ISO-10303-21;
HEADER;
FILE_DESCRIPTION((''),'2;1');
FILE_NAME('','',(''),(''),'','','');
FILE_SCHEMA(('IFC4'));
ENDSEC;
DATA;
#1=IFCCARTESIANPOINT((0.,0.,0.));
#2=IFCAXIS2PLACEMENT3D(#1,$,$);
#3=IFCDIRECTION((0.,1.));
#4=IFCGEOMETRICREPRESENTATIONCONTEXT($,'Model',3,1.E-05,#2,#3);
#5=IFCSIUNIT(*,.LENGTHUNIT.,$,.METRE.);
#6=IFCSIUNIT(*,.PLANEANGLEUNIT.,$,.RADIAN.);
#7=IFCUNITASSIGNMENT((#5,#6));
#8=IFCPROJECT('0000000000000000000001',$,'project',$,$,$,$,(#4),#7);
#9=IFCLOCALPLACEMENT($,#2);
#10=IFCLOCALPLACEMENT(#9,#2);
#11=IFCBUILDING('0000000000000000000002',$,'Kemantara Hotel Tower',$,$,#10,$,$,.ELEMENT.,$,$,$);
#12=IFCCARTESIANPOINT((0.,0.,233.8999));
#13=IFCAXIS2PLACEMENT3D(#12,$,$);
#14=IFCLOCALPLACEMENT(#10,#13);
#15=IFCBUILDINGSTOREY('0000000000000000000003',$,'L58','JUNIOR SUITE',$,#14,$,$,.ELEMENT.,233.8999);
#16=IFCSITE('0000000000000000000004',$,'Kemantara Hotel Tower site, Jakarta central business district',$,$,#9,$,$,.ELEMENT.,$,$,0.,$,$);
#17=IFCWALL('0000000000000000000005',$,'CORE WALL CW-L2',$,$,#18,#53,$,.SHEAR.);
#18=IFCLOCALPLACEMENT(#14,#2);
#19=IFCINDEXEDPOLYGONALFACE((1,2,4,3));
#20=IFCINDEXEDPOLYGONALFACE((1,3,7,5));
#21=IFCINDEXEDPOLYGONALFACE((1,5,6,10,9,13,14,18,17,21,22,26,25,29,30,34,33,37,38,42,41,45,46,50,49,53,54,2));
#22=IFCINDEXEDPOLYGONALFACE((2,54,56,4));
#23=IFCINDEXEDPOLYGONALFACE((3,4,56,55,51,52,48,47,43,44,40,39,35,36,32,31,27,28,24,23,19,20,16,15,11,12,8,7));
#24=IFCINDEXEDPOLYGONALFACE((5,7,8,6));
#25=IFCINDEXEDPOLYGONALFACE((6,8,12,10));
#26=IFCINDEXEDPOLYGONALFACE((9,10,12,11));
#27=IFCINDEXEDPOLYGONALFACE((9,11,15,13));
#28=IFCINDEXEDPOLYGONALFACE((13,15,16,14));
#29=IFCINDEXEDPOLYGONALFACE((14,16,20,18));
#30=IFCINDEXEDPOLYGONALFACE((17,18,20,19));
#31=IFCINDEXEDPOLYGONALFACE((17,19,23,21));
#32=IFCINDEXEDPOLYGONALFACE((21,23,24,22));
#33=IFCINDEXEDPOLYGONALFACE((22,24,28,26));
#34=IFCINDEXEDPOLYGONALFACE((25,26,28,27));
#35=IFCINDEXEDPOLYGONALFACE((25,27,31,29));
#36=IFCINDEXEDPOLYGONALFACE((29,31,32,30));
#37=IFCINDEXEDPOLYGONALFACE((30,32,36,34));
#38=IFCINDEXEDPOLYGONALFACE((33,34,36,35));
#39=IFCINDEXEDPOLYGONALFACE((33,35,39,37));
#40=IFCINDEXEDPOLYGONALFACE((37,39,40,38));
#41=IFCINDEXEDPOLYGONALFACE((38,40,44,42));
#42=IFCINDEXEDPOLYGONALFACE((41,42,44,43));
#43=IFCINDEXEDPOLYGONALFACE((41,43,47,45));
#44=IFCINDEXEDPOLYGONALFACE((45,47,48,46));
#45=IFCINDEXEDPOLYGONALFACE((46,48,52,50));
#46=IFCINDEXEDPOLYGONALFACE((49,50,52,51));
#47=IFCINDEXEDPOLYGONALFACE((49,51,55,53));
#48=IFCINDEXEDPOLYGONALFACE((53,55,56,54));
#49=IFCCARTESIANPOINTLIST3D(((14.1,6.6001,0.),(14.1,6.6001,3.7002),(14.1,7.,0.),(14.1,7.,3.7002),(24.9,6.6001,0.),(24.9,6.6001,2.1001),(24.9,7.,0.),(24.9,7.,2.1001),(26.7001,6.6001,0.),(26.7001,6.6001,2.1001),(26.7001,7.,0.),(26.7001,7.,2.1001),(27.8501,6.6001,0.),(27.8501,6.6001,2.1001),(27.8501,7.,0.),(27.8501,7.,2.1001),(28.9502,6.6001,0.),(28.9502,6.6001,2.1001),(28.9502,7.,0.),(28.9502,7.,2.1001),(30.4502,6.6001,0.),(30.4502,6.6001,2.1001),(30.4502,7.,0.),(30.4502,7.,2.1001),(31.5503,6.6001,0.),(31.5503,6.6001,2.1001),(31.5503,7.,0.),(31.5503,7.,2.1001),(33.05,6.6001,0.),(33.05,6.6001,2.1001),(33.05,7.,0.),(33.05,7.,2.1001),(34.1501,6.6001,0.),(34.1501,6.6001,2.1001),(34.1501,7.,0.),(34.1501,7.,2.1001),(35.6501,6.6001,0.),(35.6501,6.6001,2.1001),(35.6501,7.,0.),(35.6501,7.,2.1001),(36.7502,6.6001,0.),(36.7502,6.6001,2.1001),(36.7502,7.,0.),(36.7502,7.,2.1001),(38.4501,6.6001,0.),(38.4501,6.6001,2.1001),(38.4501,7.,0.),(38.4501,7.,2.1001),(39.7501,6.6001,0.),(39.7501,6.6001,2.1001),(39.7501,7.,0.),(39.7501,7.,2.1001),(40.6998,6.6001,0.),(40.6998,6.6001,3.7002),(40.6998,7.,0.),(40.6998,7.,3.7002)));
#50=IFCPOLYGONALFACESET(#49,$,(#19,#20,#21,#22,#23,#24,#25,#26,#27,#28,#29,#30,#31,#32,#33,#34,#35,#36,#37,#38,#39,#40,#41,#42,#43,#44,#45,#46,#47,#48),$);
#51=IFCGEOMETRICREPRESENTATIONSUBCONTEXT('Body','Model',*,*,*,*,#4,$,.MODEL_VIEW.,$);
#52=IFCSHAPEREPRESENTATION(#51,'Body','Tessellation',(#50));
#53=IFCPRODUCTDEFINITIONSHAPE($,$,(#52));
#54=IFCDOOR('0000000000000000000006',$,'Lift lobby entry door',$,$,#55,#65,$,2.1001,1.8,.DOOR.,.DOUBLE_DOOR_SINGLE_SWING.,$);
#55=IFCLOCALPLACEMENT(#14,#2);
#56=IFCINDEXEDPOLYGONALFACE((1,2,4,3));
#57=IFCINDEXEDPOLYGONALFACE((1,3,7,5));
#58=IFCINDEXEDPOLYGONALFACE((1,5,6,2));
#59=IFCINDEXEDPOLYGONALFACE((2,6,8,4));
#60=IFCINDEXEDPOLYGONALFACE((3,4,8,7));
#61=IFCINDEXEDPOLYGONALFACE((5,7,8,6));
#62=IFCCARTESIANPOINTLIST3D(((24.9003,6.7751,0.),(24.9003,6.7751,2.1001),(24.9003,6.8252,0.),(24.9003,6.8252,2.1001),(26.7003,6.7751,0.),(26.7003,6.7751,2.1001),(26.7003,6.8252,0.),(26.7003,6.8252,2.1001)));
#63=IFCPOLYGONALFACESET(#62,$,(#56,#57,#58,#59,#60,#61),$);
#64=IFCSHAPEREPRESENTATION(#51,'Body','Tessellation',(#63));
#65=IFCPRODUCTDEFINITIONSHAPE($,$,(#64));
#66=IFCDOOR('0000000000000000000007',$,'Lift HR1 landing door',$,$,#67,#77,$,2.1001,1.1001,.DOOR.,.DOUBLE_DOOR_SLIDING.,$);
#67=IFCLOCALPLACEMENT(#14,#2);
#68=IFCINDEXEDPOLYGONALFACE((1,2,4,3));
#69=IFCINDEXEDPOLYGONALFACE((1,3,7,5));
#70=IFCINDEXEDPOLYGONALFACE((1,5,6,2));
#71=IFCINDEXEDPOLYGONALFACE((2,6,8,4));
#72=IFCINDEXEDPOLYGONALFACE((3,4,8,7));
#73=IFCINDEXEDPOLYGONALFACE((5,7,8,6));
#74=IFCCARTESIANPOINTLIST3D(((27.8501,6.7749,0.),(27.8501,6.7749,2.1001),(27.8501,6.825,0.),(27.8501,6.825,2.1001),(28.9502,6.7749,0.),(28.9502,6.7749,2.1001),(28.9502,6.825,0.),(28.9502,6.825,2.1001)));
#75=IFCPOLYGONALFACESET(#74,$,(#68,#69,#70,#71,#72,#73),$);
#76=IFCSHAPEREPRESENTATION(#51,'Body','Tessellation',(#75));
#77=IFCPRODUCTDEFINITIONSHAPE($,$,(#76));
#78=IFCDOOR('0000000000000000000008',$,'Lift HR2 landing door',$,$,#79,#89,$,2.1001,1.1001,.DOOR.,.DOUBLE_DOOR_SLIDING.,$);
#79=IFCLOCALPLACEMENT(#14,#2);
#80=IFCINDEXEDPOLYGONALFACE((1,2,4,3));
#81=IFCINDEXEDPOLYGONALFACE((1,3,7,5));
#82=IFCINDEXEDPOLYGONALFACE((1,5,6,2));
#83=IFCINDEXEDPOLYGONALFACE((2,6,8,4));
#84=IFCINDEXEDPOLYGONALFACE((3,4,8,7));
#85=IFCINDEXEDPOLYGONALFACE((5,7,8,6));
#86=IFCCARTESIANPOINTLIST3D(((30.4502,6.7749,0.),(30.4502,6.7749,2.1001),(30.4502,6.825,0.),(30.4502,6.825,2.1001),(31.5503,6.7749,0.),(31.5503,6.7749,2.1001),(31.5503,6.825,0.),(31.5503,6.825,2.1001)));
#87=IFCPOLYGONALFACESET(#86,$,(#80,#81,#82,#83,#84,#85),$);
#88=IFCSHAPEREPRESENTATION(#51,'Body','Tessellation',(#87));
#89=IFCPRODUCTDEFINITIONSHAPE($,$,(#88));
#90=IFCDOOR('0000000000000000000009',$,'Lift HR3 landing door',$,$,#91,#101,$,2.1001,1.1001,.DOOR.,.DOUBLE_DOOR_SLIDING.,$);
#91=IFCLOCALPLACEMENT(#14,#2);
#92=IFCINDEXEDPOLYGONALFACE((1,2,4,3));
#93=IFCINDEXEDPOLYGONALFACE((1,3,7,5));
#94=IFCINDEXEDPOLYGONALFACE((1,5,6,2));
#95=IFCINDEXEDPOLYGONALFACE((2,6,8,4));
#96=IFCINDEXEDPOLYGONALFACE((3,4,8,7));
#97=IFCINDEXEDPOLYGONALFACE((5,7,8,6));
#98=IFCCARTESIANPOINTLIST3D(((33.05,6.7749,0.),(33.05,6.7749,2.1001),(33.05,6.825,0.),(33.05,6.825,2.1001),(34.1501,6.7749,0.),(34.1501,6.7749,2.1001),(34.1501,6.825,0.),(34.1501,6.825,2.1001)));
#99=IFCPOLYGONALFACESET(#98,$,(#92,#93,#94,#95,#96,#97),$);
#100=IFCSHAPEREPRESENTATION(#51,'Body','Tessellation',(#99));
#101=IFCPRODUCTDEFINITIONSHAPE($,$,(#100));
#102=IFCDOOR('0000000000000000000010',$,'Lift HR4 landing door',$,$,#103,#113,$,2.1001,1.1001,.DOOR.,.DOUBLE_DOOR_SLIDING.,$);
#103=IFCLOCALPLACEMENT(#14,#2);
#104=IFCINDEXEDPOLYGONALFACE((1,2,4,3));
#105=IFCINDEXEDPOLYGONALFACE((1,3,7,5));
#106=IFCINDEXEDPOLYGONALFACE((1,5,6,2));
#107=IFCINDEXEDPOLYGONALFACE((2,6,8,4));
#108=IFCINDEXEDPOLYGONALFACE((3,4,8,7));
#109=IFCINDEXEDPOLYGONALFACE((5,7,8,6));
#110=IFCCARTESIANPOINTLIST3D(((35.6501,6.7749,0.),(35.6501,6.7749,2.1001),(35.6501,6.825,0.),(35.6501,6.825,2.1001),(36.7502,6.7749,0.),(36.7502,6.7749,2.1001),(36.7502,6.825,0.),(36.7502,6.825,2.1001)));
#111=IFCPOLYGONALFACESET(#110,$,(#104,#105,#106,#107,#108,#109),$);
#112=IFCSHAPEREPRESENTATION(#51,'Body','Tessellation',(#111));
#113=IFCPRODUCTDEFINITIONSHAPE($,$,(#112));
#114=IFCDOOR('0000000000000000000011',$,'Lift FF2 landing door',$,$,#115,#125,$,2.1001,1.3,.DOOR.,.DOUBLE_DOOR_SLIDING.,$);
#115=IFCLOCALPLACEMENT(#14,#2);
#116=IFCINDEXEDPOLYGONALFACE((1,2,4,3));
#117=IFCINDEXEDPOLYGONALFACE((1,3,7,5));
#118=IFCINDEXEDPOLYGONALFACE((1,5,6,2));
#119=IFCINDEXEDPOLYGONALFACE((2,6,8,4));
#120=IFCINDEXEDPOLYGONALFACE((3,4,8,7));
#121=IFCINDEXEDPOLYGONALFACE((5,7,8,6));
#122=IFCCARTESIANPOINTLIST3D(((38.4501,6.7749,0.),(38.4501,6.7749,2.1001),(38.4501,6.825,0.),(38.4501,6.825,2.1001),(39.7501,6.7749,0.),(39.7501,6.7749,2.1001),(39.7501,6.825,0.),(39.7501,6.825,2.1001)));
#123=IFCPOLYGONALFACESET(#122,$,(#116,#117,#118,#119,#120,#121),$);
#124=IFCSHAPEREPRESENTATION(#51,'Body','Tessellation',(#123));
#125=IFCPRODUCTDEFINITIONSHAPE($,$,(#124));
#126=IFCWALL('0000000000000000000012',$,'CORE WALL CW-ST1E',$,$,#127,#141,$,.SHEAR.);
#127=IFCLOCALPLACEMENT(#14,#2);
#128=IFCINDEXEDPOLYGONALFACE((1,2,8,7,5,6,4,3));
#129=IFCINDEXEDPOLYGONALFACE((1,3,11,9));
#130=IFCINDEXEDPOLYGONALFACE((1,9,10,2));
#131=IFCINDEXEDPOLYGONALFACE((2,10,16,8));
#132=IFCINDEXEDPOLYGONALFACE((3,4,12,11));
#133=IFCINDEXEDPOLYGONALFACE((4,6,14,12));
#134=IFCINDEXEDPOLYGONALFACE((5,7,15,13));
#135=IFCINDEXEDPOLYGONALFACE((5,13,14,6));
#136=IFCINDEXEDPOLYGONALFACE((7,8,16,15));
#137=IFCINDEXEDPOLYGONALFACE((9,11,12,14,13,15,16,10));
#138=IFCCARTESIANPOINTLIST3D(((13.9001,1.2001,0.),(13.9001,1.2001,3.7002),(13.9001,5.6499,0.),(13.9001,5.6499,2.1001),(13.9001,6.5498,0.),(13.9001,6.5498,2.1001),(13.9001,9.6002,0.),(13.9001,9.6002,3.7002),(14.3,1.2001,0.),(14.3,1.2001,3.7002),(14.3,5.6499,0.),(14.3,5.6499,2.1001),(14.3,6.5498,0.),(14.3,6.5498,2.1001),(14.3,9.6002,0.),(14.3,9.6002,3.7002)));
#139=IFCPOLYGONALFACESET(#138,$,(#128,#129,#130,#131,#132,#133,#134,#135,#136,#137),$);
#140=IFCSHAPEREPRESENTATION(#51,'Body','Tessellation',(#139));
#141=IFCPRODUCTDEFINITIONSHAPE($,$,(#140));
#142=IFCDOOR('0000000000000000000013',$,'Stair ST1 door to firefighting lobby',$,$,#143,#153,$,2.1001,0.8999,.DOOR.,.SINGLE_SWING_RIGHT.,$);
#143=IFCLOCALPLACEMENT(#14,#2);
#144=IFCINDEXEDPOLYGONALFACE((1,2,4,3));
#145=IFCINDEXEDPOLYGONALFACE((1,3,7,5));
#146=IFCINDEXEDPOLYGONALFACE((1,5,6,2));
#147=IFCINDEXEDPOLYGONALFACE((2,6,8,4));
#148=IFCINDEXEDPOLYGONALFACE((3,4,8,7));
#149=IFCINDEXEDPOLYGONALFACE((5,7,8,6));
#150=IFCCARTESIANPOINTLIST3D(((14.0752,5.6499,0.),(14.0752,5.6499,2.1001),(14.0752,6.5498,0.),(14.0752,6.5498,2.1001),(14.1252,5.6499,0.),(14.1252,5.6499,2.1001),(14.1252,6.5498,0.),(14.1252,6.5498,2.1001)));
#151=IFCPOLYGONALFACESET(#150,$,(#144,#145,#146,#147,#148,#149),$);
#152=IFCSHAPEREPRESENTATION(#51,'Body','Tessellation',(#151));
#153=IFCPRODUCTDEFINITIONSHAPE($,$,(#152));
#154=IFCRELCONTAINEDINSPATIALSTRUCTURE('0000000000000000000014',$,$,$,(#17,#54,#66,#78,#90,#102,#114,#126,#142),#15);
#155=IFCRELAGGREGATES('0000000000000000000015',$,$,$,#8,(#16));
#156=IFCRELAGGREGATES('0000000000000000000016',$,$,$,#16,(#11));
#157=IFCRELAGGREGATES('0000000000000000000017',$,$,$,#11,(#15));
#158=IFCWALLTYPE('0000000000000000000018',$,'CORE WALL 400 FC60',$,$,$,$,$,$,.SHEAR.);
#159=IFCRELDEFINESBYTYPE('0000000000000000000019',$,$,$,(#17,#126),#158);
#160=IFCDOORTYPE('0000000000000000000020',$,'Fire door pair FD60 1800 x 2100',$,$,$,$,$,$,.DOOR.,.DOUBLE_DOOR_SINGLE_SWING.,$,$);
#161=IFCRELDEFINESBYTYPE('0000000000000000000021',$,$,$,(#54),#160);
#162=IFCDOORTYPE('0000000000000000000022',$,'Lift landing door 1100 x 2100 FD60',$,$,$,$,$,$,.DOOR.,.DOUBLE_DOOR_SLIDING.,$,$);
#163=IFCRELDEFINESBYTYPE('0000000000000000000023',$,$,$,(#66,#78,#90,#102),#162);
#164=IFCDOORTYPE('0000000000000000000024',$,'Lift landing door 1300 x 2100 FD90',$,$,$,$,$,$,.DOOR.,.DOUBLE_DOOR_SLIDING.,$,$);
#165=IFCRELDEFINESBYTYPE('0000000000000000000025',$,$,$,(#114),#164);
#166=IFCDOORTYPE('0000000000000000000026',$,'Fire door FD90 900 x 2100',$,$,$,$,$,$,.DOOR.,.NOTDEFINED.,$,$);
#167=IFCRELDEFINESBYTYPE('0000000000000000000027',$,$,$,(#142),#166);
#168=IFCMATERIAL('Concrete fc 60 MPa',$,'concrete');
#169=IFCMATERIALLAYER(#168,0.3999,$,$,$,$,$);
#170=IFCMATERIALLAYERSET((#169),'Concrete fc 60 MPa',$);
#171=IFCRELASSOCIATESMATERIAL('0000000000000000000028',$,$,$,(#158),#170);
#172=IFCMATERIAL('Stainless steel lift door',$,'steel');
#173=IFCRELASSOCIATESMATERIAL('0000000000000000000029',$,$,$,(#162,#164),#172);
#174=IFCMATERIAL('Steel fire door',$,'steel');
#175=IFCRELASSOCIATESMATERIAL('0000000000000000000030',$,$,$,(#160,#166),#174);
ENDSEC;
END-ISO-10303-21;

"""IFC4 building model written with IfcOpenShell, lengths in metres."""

from ifc_helpers import new_model, si_unit, direction, frame, frame_2d, origin, place, context, subcontext, project, spatial, rectangle, extrude, material, layer, layer_set, type_object, element, fill, save


model = new_model("IFC4")

# Units and contexts
model_context = context("Model", 3, precision=1e-05, world=origin(), true_north=direction((0.0, 1.0)))
body_context = subcontext(model_context, "Body", "Model", "MODEL_VIEW")
ifc_project = project(units=[si_unit("LENGTHUNIT", "METRE"), si_unit("PLANEANGLEUNIT", "RADIAN")], contexts=[model_context])

# Site, building, storey
site_placement = place(None, origin())
site = spatial("IfcSite", under=ifc_project, at=site_placement, Name="Kemantara Hotel Tower site, Jakarta central business district", CompositionType="ELEMENT", RefElevation=0.0)
building_placement = place(site_placement, origin())
building = spatial("IfcBuilding", under=site, at=building_placement, Name="Kemantara Hotel Tower", CompositionType="ELEMENT")
storey_placement = place(building_placement, frame((0.0, 0.0, 233.8999)))
storey = spatial("IfcBuildingStorey", under=building, at=storey_placement, Name="L58", Description="JUNIOR SUITE", CompositionType="ELEMENT", Elevation=233.8999)

# Shared definitions
ifc_material_1 = material(Name="Concrete fc 60 MPa", Category="concrete")

# Wall, openings, doors
ifc_layer_1 = layer(ifc_material_1, 0.3999)
ifc_layer_set_1 = layer_set([ifc_layer_1], Name="Concrete fc 60 MPa")
wall_type_1 = type_object("IfcWallType", Name="CORE WALL 400 FC60", PredefinedType="SHEAR", material=ifc_layer_set_1)
ifc_material_2 = material(Name="Steel fire door", Category="steel")
ifc_material_3 = material(Name="Stainless steel lift door", Category="steel")
door_type_1 = type_object("IfcDoorType", Name="Lift landing door 1100 x 2100 FD60", OperationType="DOUBLE_DOOR_SLIDING", PredefinedType="DOOR", material=ifc_material_3)
door_type_2 = type_object("IfcDoorType", Name="Lift landing door 1300 x 2100 FD90", OperationType="DOUBLE_DOOR_SLIDING", PredefinedType="DOOR", material=ifc_material_3)
wall_1_placement = place(storey_placement, frame((14.1001, 6.8, 0.0), z_axis=(0.0, 0.0, 1.0), x_axis=(1.0, 0.0, 0.0)))
wall_1 = element("IfcWall", 1, at=wall_1_placement, inside=storey, type_object=wall_type_1, Name="CORE WALL CW-L2", PredefinedType="SHEAR", context=body_context, shape_type="SweptSolid", body=[
    extrude(rectangle(XDim=26.5999, YDim=0.3999, at=frame_2d((13.2998, 0.0))), origin(), (0.0, 0.0, 1.0), 3.7002),
])
opening_1_placement = place(wall_1_placement, frame((10.8, 0.0, 0.0)))
opening_1 = element("IfcOpeningElement", 2, at=opening_1_placement, cuts=wall_1, PredefinedType="OPENING", context=body_context, shape_type="SweptSolid", body=[
    extrude(rectangle(XDim=1.8, YDim=2.1001, at=frame_2d((0.8999, 1.05))), frame((0.0, 0.21, 0.0), z_axis=(0.0, -1.0, 0.0), x_axis=(1.0, 0.0, 0.0)), (0.0, 0.0, 1.0), 0.4199),
])
opening_2_placement = place(wall_1_placement, frame((13.75, 0.0, 0.0)))
opening_2 = element("IfcOpeningElement", 3, at=opening_2_placement, cuts=wall_1, PredefinedType="OPENING", context=body_context, shape_type="SweptSolid", body=[
    extrude(rectangle(XDim=1.1001, YDim=2.1001, at=frame_2d((0.55, 1.05))), frame((0.0, 0.21, 0.0), z_axis=(0.0, -1.0, 0.0), x_axis=(1.0, 0.0, 0.0)), (0.0, 0.0, 1.0), 0.4199),
])
opening_3_placement = place(wall_1_placement, frame((16.3501, 0.0, 0.0)))
opening_3 = element("IfcOpeningElement", 4, at=opening_3_placement, cuts=wall_1, PredefinedType="OPENING", context=body_context, shape_type="SweptSolid", body=[
    extrude(rectangle(XDim=1.1001, YDim=2.1001, at=frame_2d((0.55, 1.05))), frame((0.0, 0.21, 0.0), z_axis=(0.0, -1.0, 0.0), x_axis=(1.0, 0.0, 0.0)), (0.0, 0.0, 1.0), 0.4199),
])
opening_4_placement = place(wall_1_placement, frame((18.95, 0.0, 0.0)))
opening_4 = element("IfcOpeningElement", 5, at=opening_4_placement, cuts=wall_1, PredefinedType="OPENING", context=body_context, shape_type="SweptSolid", body=[
    extrude(rectangle(XDim=1.1001, YDim=2.1001, at=frame_2d((0.55, 1.05))), frame((0.0, 0.21, 0.0), z_axis=(0.0, -1.0, 0.0), x_axis=(1.0, 0.0, 0.0)), (0.0, 0.0, 1.0), 0.4199),
])
opening_5_placement = place(wall_1_placement, frame((21.55, 0.0, 0.0)))
opening_5 = element("IfcOpeningElement", 6, at=opening_5_placement, cuts=wall_1, PredefinedType="OPENING", context=body_context, shape_type="SweptSolid", body=[
    extrude(rectangle(XDim=1.1001, YDim=2.1001, at=frame_2d((0.55, 1.05))), frame((0.0, 0.21, 0.0), z_axis=(0.0, -1.0, 0.0), x_axis=(1.0, 0.0, 0.0)), (0.0, 0.0, 1.0), 0.4199),
])
opening_6_placement = place(wall_1_placement, frame((24.3501, 0.0, 0.0)))
opening_6 = element("IfcOpeningElement", 7, at=opening_6_placement, cuts=wall_1, PredefinedType="OPENING", context=body_context, shape_type="SweptSolid", body=[
    extrude(rectangle(XDim=1.3, YDim=2.1001, at=frame_2d((0.6499, 1.05))), frame((0.0, 0.21, 0.0), z_axis=(0.0, -1.0, 0.0), x_axis=(1.0, 0.0, 0.0)), (0.0, 0.0, 1.0), 0.4199),
])
door_type_3 = type_object("IfcDoorType", Name="Fire door pair FD60 1800 x 2100", OperationType="DOUBLE_DOOR_SINGLE_SWING", PredefinedType="DOOR", material=ifc_material_2)
door_1_placement = place(opening_1_placement, frame((1.8, 0.0, 0.0), z_axis=(0.0, 0.0, 1.0), x_axis=(-1.0, 0.0, 0.0)))
door_1 = element("IfcDoor", 8, at=door_1_placement, inside=storey, type_object=door_type_3, Name="Lift lobby entry door", OperationType="DOUBLE_DOOR_SINGLE_SWING", OverallHeight=2.1001, OverallWidth=1.8, PredefinedType="DOOR", context=body_context, shape_type="SweptSolid", body=[
    extrude(rectangle(XDim=1.8, YDim=2.1001, at=frame_2d((0.8999, 1.05))), frame((0.0, 0.0249, 0.0), z_axis=(0.0, -1.0, 0.0), x_axis=(1.0, 0.0, 0.0)), (0.0, 0.0, 1.0), 0.05),
])
fill(opening_1, door_1)
door_2_placement = place(opening_2_placement, origin())
door_2 = element("IfcDoor", 9, at=door_2_placement, inside=storey, type_object=door_type_1, Name="Lift HR1 landing door", OperationType="DOUBLE_DOOR_SLIDING", OverallHeight=2.1001, OverallWidth=1.1001, PredefinedType="DOOR", context=body_context, shape_type="SweptSolid", body=[
    extrude(rectangle(XDim=1.1001, YDim=2.1001, at=frame_2d((0.55, 1.05))), frame((0.0, 0.0249, 0.0), z_axis=(0.0, -1.0, 0.0), x_axis=(1.0, 0.0, 0.0)), (0.0, 0.0, 1.0), 0.05),
])
fill(opening_2, door_2)
door_3_placement = place(opening_3_placement, origin())
door_3 = element("IfcDoor", 10, at=door_3_placement, inside=storey, type_object=door_type_1, Name="Lift HR2 landing door", OperationType="DOUBLE_DOOR_SLIDING", OverallHeight=2.1001, OverallWidth=1.1001, PredefinedType="DOOR", context=body_context, shape_type="SweptSolid", body=[
    extrude(rectangle(XDim=1.1001, YDim=2.1001, at=frame_2d((0.55, 1.05))), frame((0.0, 0.0249, 0.0), z_axis=(0.0, -1.0, 0.0), x_axis=(1.0, 0.0, 0.0)), (0.0, 0.0, 1.0), 0.05),
])
fill(opening_3, door_3)
door_4_placement = place(opening_4_placement, origin())
door_4 = element("IfcDoor", 11, at=door_4_placement, inside=storey, type_object=door_type_1, Name="Lift HR3 landing door", OperationType="DOUBLE_DOOR_SLIDING", OverallHeight=2.1001, OverallWidth=1.1001, PredefinedType="DOOR", context=body_context, shape_type="SweptSolid", body=[
    extrude(rectangle(XDim=1.1001, YDim=2.1001, at=frame_2d((0.55, 1.05))), frame((0.0, 0.0249, 0.0), z_axis=(0.0, -1.0, 0.0), x_axis=(1.0, 0.0, 0.0)), (0.0, 0.0, 1.0), 0.05),
])
fill(opening_4, door_4)
door_5_placement = place(opening_5_placement, origin())
door_5 = element("IfcDoor", 12, at=door_5_placement, inside=storey, type_object=door_type_1, Name="Lift HR4 landing door", OperationType="DOUBLE_DOOR_SLIDING", OverallHeight=2.1001, OverallWidth=1.1001, PredefinedType="DOOR", context=body_context, shape_type="SweptSolid", body=[
    extrude(rectangle(XDim=1.1001, YDim=2.1001, at=frame_2d((0.55, 1.05))), frame((0.0, 0.0249, 0.0), z_axis=(0.0, -1.0, 0.0), x_axis=(1.0, 0.0, 0.0)), (0.0, 0.0, 1.0), 0.05),
])
fill(opening_5, door_5)
door_6_placement = place(opening_6_placement, origin())
door_6 = element("IfcDoor", 13, at=door_6_placement, inside=storey, type_object=door_type_2, Name="Lift FF2 landing door", OperationType="DOUBLE_DOOR_SLIDING", OverallHeight=2.1001, OverallWidth=1.3, PredefinedType="DOOR", context=body_context, shape_type="SweptSolid", body=[
    extrude(rectangle(XDim=1.3, YDim=2.1001, at=frame_2d((0.6499, 1.05))), frame((0.0, 0.0249, 0.0), z_axis=(0.0, -1.0, 0.0), x_axis=(1.0, 0.0, 0.0)), (0.0, 0.0, 1.0), 0.05),
])
fill(opening_6, door_6)

# Wall, opening, door
wall_2_placement = place(storey_placement, frame((14.1001, 1.2, 0.0), z_axis=(0.0, 0.0, 1.0), x_axis=(0.0, 1.0, 0.0)))
wall_2 = element("IfcWall", 14, at=wall_2_placement, inside=storey, type_object=wall_type_1, Name="CORE WALL CW-ST1E", PredefinedType="SHEAR", context=body_context, shape_type="SweptSolid", body=[
    extrude(rectangle(XDim=8.4001, YDim=0.3999, at=frame_2d((4.2002, 0.0))), origin(), (0.0, 0.0, 1.0), 3.7002),
])
opening_7_placement = place(wall_2_placement, frame((4.45, 0.0, 0.0)))
opening_7 = element("IfcOpeningElement", 15, at=opening_7_placement, cuts=wall_2, PredefinedType="OPENING", context=body_context, shape_type="SweptSolid", body=[
    extrude(rectangle(XDim=0.8999, YDim=2.1001, at=frame_2d((0.45, 1.05))), frame((0.0, 0.21, 0.0), z_axis=(0.0, -1.0, 0.0), x_axis=(1.0, 0.0, 0.0)), (0.0, 0.0, 1.0), 0.4199),
])
door_type_4 = type_object("IfcDoorType", Name="Fire door FD90 900 x 2100", OperationType="NOTDEFINED", PredefinedType="DOOR", material=ifc_material_2)
door_7_placement = place(opening_7_placement, origin())
door_7 = element("IfcDoor", 16, at=door_7_placement, inside=storey, type_object=door_type_4, Name="Stair ST1 door to firefighting lobby", OperationType="SINGLE_SWING_RIGHT", OverallHeight=2.1001, OverallWidth=0.8999, PredefinedType="DOOR", context=body_context, shape_type="SweptSolid", body=[
    extrude(rectangle(XDim=0.8999, YDim=2.1001, at=frame_2d((0.45, 1.05))), frame((0.0, 0.0249, 0.0), z_axis=(0.0, -1.0, 0.0), x_axis=(1.0, 0.0, 0.0)), (0.0, 0.0, 1.0), 0.05),
])
fill(opening_7, door_7)

save(model, "model.ifc")
